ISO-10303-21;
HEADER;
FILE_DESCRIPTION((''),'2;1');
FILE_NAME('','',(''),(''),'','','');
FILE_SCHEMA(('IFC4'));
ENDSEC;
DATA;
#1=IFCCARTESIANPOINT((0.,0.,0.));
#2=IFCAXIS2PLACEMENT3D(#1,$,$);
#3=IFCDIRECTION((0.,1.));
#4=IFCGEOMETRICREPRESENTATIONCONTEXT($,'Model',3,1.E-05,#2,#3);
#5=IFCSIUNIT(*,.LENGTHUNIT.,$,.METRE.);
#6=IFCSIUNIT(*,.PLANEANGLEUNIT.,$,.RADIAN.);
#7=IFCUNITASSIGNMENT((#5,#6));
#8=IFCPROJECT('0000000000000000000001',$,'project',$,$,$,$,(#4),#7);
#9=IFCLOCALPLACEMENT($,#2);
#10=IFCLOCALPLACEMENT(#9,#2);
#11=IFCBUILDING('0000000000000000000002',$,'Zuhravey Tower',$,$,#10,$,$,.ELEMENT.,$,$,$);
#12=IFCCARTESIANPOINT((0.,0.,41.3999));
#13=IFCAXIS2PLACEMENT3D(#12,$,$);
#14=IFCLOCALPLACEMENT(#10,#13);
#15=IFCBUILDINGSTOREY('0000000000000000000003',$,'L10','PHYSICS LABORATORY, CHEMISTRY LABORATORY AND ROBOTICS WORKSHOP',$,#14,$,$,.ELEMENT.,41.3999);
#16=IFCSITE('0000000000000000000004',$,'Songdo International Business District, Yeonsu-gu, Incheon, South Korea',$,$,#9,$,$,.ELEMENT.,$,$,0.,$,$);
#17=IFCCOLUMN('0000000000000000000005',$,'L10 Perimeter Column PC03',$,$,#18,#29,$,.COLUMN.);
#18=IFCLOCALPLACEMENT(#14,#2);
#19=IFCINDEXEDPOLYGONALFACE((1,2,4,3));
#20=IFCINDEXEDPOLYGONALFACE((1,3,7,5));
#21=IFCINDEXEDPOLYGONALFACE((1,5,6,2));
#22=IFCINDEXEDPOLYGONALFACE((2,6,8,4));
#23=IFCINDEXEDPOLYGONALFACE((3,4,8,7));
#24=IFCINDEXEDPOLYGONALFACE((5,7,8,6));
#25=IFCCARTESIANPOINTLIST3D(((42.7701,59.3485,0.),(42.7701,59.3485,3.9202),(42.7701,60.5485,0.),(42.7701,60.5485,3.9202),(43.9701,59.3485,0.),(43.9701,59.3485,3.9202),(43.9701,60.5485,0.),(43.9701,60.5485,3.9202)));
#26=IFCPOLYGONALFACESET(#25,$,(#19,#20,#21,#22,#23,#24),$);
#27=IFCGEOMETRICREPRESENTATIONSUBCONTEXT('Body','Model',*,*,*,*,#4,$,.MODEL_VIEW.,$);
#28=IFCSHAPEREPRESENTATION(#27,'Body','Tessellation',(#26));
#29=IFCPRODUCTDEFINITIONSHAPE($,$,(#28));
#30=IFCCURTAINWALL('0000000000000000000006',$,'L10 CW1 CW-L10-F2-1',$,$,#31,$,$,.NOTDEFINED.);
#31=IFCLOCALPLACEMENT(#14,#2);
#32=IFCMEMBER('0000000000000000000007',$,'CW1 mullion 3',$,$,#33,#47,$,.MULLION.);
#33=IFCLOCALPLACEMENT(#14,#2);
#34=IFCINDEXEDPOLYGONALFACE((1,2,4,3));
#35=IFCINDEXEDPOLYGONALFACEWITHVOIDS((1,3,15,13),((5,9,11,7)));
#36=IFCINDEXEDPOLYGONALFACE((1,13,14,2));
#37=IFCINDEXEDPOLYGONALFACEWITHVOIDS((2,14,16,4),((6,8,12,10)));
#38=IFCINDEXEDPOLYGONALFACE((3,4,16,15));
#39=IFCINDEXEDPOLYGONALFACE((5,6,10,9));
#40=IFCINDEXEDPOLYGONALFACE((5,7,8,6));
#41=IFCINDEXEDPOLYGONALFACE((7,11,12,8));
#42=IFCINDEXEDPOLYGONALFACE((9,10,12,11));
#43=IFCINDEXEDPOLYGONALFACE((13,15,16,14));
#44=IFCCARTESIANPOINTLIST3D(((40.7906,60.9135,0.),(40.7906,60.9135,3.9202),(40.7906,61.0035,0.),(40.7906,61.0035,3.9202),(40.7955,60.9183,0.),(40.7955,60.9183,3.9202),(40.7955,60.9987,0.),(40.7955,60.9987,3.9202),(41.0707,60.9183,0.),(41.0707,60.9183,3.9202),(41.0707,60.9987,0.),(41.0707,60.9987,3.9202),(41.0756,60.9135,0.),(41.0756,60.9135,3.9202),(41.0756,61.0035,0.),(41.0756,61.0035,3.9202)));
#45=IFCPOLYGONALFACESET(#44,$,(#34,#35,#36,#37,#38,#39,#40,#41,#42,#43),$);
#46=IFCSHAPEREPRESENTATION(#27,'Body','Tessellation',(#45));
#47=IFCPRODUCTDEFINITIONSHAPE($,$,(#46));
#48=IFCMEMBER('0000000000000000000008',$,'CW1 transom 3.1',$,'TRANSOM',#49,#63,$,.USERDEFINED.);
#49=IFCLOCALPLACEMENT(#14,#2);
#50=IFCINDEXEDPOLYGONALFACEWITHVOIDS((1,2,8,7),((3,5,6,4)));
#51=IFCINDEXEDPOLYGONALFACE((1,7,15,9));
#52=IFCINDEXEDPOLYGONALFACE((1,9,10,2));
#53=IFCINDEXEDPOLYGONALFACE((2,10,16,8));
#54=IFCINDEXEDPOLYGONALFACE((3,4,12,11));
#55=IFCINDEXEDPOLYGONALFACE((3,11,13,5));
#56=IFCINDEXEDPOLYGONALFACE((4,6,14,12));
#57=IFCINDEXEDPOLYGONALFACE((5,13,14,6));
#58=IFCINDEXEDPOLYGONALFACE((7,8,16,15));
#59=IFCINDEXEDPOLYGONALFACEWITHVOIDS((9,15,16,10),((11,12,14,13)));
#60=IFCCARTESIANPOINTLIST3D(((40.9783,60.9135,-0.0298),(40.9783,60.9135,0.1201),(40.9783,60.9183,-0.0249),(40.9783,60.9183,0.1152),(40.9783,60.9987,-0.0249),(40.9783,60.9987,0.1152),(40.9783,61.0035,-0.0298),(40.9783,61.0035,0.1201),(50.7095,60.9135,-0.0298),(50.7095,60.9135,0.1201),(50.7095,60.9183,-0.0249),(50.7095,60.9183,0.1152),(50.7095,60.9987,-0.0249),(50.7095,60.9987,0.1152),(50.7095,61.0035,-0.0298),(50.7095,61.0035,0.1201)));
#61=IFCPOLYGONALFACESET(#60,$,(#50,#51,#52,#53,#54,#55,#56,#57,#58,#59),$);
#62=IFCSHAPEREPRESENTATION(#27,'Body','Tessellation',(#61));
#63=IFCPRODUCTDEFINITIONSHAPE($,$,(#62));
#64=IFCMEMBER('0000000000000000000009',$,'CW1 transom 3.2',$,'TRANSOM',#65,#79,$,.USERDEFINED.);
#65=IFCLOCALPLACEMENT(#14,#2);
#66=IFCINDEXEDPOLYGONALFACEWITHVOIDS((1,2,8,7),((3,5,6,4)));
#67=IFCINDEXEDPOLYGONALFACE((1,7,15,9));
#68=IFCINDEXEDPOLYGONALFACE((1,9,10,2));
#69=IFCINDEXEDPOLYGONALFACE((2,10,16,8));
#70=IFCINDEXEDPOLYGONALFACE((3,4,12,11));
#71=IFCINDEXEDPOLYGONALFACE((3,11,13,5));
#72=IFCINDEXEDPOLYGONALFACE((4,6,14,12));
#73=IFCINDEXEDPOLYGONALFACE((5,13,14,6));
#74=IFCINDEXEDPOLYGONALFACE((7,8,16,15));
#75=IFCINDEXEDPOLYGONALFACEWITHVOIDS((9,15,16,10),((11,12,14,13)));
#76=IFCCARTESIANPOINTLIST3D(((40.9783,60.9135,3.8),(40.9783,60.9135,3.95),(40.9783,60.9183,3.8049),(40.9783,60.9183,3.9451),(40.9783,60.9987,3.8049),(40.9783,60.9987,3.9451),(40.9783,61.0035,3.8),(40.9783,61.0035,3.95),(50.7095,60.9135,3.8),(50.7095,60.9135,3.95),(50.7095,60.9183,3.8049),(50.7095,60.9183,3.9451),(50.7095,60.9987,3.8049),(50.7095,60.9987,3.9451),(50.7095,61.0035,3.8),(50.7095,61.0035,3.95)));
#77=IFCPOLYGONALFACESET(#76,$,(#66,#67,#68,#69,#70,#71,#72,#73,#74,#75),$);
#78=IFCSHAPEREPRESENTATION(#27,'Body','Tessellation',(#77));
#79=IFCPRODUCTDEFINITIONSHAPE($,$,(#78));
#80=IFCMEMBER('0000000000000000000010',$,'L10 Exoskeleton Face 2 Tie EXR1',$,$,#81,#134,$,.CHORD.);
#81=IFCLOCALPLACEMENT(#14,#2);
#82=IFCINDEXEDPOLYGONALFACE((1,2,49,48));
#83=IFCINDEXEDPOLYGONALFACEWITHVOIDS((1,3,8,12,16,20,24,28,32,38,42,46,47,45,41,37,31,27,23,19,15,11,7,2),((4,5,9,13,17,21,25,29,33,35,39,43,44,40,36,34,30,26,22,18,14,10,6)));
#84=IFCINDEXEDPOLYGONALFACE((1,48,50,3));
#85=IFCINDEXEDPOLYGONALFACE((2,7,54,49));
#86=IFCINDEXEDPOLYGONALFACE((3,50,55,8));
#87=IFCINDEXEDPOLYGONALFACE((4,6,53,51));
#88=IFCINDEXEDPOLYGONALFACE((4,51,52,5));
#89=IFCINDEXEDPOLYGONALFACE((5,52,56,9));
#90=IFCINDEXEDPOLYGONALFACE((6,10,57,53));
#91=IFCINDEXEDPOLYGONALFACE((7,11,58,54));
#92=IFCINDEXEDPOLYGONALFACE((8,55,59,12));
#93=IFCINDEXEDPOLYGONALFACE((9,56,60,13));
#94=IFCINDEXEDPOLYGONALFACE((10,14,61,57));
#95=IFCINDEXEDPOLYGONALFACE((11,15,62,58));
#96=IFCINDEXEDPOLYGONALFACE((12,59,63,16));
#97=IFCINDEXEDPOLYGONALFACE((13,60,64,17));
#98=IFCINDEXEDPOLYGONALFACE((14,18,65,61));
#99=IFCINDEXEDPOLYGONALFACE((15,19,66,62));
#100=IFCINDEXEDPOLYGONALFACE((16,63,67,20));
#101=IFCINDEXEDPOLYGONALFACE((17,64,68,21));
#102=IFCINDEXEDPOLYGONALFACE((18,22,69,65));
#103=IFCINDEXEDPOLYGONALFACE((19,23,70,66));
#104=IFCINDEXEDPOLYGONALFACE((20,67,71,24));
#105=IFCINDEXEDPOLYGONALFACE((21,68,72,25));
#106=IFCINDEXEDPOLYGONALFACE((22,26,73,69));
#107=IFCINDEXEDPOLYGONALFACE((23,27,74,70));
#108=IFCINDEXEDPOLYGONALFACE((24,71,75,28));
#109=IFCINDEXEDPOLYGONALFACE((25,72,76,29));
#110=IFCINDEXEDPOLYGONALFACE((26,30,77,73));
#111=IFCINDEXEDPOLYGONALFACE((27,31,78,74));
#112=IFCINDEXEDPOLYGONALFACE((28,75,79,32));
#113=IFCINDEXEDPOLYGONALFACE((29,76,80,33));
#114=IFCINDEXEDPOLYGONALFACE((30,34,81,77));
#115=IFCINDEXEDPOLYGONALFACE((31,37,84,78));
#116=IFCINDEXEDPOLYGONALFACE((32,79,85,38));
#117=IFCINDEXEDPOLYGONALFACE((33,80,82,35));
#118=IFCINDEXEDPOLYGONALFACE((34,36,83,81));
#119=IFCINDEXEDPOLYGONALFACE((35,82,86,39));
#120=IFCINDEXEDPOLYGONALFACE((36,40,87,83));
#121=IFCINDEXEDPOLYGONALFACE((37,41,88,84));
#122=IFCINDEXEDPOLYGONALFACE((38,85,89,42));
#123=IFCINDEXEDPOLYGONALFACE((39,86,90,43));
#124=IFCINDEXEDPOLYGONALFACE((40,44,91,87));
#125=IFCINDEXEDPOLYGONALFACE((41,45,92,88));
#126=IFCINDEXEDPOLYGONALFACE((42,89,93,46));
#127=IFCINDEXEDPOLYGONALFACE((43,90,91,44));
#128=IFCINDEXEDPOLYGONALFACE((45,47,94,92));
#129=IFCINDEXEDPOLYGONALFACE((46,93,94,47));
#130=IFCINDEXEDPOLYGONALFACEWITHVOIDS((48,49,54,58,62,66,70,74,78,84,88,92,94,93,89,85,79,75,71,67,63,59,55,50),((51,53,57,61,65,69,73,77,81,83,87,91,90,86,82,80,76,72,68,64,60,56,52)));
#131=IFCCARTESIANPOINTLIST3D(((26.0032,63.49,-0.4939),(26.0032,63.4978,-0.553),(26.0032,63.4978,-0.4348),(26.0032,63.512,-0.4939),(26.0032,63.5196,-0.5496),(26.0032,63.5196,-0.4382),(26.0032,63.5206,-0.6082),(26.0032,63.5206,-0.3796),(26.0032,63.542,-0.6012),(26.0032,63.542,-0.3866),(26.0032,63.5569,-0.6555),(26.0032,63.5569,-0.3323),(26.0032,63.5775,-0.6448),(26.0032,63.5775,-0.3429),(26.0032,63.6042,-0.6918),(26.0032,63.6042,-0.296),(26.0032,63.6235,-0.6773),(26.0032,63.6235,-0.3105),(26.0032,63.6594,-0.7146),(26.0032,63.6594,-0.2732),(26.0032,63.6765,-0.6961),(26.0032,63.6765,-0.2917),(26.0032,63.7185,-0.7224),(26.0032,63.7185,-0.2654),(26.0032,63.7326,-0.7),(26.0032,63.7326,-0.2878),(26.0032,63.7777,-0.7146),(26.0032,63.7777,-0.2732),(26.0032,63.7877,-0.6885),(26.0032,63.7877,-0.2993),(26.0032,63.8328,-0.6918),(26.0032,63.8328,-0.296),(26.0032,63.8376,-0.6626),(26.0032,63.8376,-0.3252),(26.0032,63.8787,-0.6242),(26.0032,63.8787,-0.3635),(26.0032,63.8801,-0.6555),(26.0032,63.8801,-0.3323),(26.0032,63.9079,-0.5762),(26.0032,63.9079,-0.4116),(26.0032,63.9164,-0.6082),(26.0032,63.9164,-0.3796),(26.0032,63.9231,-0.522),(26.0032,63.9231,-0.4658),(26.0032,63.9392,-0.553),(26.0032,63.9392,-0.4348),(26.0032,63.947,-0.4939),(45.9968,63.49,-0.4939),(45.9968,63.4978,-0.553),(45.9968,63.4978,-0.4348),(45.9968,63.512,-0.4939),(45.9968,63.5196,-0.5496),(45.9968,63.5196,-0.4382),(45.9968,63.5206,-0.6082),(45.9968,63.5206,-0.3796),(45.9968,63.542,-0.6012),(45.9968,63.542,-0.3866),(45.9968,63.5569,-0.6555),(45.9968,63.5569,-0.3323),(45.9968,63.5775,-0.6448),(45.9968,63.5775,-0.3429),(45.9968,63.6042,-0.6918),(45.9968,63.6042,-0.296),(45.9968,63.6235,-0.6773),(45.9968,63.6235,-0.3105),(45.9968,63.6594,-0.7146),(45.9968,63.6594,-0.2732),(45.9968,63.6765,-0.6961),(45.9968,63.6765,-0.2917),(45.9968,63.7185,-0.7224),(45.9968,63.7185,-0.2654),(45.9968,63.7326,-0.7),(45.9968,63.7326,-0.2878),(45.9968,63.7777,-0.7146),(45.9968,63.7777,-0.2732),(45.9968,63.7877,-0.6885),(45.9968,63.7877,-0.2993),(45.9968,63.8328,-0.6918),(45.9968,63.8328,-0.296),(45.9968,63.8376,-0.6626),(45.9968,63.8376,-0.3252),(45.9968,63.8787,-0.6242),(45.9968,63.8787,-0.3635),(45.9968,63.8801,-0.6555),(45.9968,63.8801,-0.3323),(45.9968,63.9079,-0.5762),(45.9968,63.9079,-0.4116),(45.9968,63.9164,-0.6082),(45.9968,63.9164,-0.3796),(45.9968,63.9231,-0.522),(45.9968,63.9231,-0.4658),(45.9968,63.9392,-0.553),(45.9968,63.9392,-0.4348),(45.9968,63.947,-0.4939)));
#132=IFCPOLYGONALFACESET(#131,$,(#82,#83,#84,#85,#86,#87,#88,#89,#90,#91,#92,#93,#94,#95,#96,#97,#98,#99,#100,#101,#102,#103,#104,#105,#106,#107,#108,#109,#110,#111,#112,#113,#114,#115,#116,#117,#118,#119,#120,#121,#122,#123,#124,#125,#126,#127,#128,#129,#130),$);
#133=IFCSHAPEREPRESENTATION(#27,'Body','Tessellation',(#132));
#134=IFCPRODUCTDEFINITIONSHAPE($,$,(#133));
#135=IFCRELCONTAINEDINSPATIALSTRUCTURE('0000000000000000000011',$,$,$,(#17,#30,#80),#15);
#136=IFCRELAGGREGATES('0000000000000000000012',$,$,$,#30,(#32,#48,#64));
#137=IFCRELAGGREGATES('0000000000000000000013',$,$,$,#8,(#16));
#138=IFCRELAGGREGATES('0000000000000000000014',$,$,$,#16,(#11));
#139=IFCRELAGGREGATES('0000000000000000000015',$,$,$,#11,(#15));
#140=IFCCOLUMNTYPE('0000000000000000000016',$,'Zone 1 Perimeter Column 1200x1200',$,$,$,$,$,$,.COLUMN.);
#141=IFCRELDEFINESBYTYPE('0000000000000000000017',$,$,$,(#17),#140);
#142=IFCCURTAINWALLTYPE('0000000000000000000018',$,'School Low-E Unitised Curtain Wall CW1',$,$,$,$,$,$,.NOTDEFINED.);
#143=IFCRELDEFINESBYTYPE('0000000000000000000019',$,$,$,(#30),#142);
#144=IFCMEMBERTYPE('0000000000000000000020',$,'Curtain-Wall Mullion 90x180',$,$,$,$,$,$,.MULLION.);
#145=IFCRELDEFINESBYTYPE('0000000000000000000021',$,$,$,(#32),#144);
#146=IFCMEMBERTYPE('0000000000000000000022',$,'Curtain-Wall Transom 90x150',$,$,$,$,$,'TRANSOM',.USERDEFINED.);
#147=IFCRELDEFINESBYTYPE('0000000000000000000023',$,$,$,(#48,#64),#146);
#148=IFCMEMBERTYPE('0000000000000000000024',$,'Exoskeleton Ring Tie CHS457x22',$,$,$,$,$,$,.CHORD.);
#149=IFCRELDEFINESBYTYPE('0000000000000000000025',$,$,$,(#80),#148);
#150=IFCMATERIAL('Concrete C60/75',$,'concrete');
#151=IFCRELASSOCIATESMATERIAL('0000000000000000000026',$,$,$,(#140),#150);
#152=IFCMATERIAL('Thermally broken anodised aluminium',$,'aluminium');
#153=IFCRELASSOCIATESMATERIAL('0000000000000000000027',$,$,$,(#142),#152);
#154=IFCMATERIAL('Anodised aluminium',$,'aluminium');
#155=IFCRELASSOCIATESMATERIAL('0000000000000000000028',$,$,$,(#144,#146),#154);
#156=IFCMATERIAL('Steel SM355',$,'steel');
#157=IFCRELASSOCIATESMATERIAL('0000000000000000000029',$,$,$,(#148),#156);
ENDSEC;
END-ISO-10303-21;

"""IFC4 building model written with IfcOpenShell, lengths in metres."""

from ifc_helpers import new_model, si_unit, direction, frame, origin, origin_2d, place, context, subcontext, project, spatial, rectangle, hollow_rectangle, hollow_circle, extrude, material, material_profile, profile_set, type_object, element, aggregate, save


model = new_model("IFC4")

# Units and contexts
model_context = context("Model", 3, precision=1e-05, world=origin(), true_north=direction((0.0, 1.0)))
body_context = subcontext(model_context, "Body", "Model", "MODEL_VIEW")
ifc_project = project(units=[si_unit("LENGTHUNIT", "METRE"), si_unit("PLANEANGLEUNIT", "RADIAN")], contexts=[model_context])

# Site, building, storey
site_placement = place(None, origin())
site = spatial("IfcSite", under=ifc_project, at=site_placement, Name="Songdo International Business District, Yeonsu-gu, Incheon, South Korea", CompositionType="ELEMENT", RefElevation=0.0)
building_placement = place(site_placement, origin())
building = spatial("IfcBuilding", under=site, at=building_placement, Name="Zuhravey Tower", CompositionType="ELEMENT")
storey_placement = place(building_placement, frame((0.0, 0.0, 41.3999)))
storey = spatial("IfcBuildingStorey", under=building, at=storey_placement, Name="L10", Description="PHYSICS LABORATORY, CHEMISTRY LABORATORY AND ROBOTICS WORKSHOP", CompositionType="ELEMENT", Elevation=41.3999)

# Column
ifc_material_1 = material(Name="Concrete C60/75", Category="concrete")
ifc_material_profile_1 = material_profile(ifc_material_1, rectangle(XDim=1.2, YDim=1.2, at=origin_2d()), Name="RC-1200x1200")
ifc_profile_set_1 = profile_set([ifc_material_profile_1], Name="Concrete C60/75")
column_type = type_object("IfcColumnType", Name="Zone 1 Perimeter Column 1200x1200", PredefinedType="COLUMN", material=ifc_profile_set_1)
column_placement = place(storey_placement, frame((43.3701, 59.9485, 0.0), z_axis=(0.0, 0.0, 1.0), x_axis=(-1.0, 0.0, 0.0)))
element("IfcColumn", 1, at=column_placement, inside=storey, type_object=column_type, Name="L10 Perimeter Column PC03", PredefinedType="COLUMN", context=body_context, shape_type="SweptSolid", body=[
    extrude(rectangle(XDim=1.2, YDim=1.2, at=origin_2d()), origin(), (0.0, 0.0, 1.0), 3.9202),
])

# Curtain wall, members
ifc_material_2 = material(Name="Thermally broken anodised aluminium", Category="aluminium")
curtain_wall_type = type_object("IfcCurtainWallType", Name="School Low-E Unitised Curtain Wall CW1", PredefinedType="NOTDEFINED", material=ifc_material_2)
curtain_wall_placement = place(storey_placement, origin())
curtain_wall = element("IfcCurtainWall", 2, at=curtain_wall_placement, inside=storey, type_object=curtain_wall_type, Name="L10 CW1 CW-L10-F2-1", PredefinedType="NOTDEFINED")
ifc_material_3 = material(Name="Anodised aluminium", Category="aluminium")
ifc_material_profile_2 = material_profile(ifc_material_3, hollow_rectangle(XDim=0.0901, YDim=0.2849, WallThickness=0.0049, at=origin_2d()), Name="ALU-RHS-90x285x5")
ifc_profile_set_2 = profile_set([ifc_material_profile_2], Name="Anodised aluminium")
member_type_1 = type_object("IfcMemberType", Name="Curtain-Wall Mullion 90x180", PredefinedType="MULLION", material=ifc_profile_set_2)
member_1_placement = place(storey_placement, frame((40.9331, 60.9585, 0.0), z_axis=(0.0, 0.0, 1.0), x_axis=(0.0, 1.0, 0.0)))
member_1 = element("IfcMember", 3, at=member_1_placement, type_object=member_type_1, Name="CW1 mullion 3", PredefinedType="MULLION", context=body_context, shape_type="SweptSolid", body=[
    extrude(hollow_rectangle(XDim=0.0901, YDim=0.2849, WallThickness=0.0049, at=origin_2d()), origin(), (0.0, 0.0, 1.0), 3.9202),
])
ifc_material_profile_3 = material_profile(ifc_material_3, hollow_rectangle(XDim=0.0901, YDim=0.1499, WallThickness=0.0049, at=origin_2d()), Name="ALU-RHS-90x150x5")
ifc_profile_set_3 = profile_set([ifc_material_profile_3], Name="Anodised aluminium")
member_type_2 = type_object("IfcMemberType", Name="Curtain-Wall Transom 90x150", ElementType="TRANSOM", PredefinedType="USERDEFINED", material=ifc_profile_set_3)
member_2_placement = place(storey_placement, frame((40.9783, 60.9585, 0.0452), z_axis=(1.0, 0.0, 0.0), x_axis=(0.0, 1.0, 0.0)))
member_2 = element("IfcMember", 4, at=member_2_placement, type_object=member_type_2, Name="CW1 transom 3.1", ObjectType="TRANSOM", PredefinedType="USERDEFINED", context=body_context, shape_type="SweptSolid", body=[
    extrude(hollow_rectangle(XDim=0.0901, YDim=0.1499, WallThickness=0.0049, at=origin_2d()), origin(), (0.0, 0.0, 1.0), 9.7312),
])
member_3_placement = place(storey_placement, frame((40.9783, 60.9585, 3.875), z_axis=(1.0, 0.0, 0.0), x_axis=(0.0, 1.0, 0.0)))
member_3 = element("IfcMember", 5, at=member_3_placement, type_object=member_type_2, Name="CW1 transom 3.2", ObjectType="TRANSOM", PredefinedType="USERDEFINED", context=body_context, shape_type="SweptSolid", body=[
    extrude(hollow_rectangle(XDim=0.0901, YDim=0.1499, WallThickness=0.0049, at=origin_2d()), origin(), (0.0, 0.0, 1.0), 9.7312),
])

# Member
ifc_material_4 = material(Name="Steel SM355", Category="steel")
ifc_material_profile_4 = material_profile(ifc_material_4, hollow_circle(Radius=0.2285, WallThickness=0.022, at=origin_2d()), Name="CHS-457.2x22")
ifc_profile_set_4 = profile_set([ifc_material_profile_4], Name="Steel SM355")
member_type_3 = type_object("IfcMemberType", Name="Exoskeleton Ring Tie CHS457x22", PredefinedType="CHORD", material=ifc_profile_set_4)
member_4_placement = place(storey_placement, frame((45.9968, 63.7185, -0.4939), z_axis=(-1.0, 0.0, 0.0), x_axis=(0.0, -1.0, 0.0)))
element("IfcMember", 6, at=member_4_placement, inside=storey, type_object=member_type_3, Name="L10 Exoskeleton Face 2 Tie EXR1", PredefinedType="CHORD", context=body_context, shape_type="SweptSolid", body=[
    extrude(hollow_circle(Radius=0.2285, WallThickness=0.022, at=origin_2d()), origin(), (0.0, 0.0, 1.0), 19.9937),
])

aggregate(curtain_wall, [member_1, member_2, member_3])

save(model, "model.ifc")
